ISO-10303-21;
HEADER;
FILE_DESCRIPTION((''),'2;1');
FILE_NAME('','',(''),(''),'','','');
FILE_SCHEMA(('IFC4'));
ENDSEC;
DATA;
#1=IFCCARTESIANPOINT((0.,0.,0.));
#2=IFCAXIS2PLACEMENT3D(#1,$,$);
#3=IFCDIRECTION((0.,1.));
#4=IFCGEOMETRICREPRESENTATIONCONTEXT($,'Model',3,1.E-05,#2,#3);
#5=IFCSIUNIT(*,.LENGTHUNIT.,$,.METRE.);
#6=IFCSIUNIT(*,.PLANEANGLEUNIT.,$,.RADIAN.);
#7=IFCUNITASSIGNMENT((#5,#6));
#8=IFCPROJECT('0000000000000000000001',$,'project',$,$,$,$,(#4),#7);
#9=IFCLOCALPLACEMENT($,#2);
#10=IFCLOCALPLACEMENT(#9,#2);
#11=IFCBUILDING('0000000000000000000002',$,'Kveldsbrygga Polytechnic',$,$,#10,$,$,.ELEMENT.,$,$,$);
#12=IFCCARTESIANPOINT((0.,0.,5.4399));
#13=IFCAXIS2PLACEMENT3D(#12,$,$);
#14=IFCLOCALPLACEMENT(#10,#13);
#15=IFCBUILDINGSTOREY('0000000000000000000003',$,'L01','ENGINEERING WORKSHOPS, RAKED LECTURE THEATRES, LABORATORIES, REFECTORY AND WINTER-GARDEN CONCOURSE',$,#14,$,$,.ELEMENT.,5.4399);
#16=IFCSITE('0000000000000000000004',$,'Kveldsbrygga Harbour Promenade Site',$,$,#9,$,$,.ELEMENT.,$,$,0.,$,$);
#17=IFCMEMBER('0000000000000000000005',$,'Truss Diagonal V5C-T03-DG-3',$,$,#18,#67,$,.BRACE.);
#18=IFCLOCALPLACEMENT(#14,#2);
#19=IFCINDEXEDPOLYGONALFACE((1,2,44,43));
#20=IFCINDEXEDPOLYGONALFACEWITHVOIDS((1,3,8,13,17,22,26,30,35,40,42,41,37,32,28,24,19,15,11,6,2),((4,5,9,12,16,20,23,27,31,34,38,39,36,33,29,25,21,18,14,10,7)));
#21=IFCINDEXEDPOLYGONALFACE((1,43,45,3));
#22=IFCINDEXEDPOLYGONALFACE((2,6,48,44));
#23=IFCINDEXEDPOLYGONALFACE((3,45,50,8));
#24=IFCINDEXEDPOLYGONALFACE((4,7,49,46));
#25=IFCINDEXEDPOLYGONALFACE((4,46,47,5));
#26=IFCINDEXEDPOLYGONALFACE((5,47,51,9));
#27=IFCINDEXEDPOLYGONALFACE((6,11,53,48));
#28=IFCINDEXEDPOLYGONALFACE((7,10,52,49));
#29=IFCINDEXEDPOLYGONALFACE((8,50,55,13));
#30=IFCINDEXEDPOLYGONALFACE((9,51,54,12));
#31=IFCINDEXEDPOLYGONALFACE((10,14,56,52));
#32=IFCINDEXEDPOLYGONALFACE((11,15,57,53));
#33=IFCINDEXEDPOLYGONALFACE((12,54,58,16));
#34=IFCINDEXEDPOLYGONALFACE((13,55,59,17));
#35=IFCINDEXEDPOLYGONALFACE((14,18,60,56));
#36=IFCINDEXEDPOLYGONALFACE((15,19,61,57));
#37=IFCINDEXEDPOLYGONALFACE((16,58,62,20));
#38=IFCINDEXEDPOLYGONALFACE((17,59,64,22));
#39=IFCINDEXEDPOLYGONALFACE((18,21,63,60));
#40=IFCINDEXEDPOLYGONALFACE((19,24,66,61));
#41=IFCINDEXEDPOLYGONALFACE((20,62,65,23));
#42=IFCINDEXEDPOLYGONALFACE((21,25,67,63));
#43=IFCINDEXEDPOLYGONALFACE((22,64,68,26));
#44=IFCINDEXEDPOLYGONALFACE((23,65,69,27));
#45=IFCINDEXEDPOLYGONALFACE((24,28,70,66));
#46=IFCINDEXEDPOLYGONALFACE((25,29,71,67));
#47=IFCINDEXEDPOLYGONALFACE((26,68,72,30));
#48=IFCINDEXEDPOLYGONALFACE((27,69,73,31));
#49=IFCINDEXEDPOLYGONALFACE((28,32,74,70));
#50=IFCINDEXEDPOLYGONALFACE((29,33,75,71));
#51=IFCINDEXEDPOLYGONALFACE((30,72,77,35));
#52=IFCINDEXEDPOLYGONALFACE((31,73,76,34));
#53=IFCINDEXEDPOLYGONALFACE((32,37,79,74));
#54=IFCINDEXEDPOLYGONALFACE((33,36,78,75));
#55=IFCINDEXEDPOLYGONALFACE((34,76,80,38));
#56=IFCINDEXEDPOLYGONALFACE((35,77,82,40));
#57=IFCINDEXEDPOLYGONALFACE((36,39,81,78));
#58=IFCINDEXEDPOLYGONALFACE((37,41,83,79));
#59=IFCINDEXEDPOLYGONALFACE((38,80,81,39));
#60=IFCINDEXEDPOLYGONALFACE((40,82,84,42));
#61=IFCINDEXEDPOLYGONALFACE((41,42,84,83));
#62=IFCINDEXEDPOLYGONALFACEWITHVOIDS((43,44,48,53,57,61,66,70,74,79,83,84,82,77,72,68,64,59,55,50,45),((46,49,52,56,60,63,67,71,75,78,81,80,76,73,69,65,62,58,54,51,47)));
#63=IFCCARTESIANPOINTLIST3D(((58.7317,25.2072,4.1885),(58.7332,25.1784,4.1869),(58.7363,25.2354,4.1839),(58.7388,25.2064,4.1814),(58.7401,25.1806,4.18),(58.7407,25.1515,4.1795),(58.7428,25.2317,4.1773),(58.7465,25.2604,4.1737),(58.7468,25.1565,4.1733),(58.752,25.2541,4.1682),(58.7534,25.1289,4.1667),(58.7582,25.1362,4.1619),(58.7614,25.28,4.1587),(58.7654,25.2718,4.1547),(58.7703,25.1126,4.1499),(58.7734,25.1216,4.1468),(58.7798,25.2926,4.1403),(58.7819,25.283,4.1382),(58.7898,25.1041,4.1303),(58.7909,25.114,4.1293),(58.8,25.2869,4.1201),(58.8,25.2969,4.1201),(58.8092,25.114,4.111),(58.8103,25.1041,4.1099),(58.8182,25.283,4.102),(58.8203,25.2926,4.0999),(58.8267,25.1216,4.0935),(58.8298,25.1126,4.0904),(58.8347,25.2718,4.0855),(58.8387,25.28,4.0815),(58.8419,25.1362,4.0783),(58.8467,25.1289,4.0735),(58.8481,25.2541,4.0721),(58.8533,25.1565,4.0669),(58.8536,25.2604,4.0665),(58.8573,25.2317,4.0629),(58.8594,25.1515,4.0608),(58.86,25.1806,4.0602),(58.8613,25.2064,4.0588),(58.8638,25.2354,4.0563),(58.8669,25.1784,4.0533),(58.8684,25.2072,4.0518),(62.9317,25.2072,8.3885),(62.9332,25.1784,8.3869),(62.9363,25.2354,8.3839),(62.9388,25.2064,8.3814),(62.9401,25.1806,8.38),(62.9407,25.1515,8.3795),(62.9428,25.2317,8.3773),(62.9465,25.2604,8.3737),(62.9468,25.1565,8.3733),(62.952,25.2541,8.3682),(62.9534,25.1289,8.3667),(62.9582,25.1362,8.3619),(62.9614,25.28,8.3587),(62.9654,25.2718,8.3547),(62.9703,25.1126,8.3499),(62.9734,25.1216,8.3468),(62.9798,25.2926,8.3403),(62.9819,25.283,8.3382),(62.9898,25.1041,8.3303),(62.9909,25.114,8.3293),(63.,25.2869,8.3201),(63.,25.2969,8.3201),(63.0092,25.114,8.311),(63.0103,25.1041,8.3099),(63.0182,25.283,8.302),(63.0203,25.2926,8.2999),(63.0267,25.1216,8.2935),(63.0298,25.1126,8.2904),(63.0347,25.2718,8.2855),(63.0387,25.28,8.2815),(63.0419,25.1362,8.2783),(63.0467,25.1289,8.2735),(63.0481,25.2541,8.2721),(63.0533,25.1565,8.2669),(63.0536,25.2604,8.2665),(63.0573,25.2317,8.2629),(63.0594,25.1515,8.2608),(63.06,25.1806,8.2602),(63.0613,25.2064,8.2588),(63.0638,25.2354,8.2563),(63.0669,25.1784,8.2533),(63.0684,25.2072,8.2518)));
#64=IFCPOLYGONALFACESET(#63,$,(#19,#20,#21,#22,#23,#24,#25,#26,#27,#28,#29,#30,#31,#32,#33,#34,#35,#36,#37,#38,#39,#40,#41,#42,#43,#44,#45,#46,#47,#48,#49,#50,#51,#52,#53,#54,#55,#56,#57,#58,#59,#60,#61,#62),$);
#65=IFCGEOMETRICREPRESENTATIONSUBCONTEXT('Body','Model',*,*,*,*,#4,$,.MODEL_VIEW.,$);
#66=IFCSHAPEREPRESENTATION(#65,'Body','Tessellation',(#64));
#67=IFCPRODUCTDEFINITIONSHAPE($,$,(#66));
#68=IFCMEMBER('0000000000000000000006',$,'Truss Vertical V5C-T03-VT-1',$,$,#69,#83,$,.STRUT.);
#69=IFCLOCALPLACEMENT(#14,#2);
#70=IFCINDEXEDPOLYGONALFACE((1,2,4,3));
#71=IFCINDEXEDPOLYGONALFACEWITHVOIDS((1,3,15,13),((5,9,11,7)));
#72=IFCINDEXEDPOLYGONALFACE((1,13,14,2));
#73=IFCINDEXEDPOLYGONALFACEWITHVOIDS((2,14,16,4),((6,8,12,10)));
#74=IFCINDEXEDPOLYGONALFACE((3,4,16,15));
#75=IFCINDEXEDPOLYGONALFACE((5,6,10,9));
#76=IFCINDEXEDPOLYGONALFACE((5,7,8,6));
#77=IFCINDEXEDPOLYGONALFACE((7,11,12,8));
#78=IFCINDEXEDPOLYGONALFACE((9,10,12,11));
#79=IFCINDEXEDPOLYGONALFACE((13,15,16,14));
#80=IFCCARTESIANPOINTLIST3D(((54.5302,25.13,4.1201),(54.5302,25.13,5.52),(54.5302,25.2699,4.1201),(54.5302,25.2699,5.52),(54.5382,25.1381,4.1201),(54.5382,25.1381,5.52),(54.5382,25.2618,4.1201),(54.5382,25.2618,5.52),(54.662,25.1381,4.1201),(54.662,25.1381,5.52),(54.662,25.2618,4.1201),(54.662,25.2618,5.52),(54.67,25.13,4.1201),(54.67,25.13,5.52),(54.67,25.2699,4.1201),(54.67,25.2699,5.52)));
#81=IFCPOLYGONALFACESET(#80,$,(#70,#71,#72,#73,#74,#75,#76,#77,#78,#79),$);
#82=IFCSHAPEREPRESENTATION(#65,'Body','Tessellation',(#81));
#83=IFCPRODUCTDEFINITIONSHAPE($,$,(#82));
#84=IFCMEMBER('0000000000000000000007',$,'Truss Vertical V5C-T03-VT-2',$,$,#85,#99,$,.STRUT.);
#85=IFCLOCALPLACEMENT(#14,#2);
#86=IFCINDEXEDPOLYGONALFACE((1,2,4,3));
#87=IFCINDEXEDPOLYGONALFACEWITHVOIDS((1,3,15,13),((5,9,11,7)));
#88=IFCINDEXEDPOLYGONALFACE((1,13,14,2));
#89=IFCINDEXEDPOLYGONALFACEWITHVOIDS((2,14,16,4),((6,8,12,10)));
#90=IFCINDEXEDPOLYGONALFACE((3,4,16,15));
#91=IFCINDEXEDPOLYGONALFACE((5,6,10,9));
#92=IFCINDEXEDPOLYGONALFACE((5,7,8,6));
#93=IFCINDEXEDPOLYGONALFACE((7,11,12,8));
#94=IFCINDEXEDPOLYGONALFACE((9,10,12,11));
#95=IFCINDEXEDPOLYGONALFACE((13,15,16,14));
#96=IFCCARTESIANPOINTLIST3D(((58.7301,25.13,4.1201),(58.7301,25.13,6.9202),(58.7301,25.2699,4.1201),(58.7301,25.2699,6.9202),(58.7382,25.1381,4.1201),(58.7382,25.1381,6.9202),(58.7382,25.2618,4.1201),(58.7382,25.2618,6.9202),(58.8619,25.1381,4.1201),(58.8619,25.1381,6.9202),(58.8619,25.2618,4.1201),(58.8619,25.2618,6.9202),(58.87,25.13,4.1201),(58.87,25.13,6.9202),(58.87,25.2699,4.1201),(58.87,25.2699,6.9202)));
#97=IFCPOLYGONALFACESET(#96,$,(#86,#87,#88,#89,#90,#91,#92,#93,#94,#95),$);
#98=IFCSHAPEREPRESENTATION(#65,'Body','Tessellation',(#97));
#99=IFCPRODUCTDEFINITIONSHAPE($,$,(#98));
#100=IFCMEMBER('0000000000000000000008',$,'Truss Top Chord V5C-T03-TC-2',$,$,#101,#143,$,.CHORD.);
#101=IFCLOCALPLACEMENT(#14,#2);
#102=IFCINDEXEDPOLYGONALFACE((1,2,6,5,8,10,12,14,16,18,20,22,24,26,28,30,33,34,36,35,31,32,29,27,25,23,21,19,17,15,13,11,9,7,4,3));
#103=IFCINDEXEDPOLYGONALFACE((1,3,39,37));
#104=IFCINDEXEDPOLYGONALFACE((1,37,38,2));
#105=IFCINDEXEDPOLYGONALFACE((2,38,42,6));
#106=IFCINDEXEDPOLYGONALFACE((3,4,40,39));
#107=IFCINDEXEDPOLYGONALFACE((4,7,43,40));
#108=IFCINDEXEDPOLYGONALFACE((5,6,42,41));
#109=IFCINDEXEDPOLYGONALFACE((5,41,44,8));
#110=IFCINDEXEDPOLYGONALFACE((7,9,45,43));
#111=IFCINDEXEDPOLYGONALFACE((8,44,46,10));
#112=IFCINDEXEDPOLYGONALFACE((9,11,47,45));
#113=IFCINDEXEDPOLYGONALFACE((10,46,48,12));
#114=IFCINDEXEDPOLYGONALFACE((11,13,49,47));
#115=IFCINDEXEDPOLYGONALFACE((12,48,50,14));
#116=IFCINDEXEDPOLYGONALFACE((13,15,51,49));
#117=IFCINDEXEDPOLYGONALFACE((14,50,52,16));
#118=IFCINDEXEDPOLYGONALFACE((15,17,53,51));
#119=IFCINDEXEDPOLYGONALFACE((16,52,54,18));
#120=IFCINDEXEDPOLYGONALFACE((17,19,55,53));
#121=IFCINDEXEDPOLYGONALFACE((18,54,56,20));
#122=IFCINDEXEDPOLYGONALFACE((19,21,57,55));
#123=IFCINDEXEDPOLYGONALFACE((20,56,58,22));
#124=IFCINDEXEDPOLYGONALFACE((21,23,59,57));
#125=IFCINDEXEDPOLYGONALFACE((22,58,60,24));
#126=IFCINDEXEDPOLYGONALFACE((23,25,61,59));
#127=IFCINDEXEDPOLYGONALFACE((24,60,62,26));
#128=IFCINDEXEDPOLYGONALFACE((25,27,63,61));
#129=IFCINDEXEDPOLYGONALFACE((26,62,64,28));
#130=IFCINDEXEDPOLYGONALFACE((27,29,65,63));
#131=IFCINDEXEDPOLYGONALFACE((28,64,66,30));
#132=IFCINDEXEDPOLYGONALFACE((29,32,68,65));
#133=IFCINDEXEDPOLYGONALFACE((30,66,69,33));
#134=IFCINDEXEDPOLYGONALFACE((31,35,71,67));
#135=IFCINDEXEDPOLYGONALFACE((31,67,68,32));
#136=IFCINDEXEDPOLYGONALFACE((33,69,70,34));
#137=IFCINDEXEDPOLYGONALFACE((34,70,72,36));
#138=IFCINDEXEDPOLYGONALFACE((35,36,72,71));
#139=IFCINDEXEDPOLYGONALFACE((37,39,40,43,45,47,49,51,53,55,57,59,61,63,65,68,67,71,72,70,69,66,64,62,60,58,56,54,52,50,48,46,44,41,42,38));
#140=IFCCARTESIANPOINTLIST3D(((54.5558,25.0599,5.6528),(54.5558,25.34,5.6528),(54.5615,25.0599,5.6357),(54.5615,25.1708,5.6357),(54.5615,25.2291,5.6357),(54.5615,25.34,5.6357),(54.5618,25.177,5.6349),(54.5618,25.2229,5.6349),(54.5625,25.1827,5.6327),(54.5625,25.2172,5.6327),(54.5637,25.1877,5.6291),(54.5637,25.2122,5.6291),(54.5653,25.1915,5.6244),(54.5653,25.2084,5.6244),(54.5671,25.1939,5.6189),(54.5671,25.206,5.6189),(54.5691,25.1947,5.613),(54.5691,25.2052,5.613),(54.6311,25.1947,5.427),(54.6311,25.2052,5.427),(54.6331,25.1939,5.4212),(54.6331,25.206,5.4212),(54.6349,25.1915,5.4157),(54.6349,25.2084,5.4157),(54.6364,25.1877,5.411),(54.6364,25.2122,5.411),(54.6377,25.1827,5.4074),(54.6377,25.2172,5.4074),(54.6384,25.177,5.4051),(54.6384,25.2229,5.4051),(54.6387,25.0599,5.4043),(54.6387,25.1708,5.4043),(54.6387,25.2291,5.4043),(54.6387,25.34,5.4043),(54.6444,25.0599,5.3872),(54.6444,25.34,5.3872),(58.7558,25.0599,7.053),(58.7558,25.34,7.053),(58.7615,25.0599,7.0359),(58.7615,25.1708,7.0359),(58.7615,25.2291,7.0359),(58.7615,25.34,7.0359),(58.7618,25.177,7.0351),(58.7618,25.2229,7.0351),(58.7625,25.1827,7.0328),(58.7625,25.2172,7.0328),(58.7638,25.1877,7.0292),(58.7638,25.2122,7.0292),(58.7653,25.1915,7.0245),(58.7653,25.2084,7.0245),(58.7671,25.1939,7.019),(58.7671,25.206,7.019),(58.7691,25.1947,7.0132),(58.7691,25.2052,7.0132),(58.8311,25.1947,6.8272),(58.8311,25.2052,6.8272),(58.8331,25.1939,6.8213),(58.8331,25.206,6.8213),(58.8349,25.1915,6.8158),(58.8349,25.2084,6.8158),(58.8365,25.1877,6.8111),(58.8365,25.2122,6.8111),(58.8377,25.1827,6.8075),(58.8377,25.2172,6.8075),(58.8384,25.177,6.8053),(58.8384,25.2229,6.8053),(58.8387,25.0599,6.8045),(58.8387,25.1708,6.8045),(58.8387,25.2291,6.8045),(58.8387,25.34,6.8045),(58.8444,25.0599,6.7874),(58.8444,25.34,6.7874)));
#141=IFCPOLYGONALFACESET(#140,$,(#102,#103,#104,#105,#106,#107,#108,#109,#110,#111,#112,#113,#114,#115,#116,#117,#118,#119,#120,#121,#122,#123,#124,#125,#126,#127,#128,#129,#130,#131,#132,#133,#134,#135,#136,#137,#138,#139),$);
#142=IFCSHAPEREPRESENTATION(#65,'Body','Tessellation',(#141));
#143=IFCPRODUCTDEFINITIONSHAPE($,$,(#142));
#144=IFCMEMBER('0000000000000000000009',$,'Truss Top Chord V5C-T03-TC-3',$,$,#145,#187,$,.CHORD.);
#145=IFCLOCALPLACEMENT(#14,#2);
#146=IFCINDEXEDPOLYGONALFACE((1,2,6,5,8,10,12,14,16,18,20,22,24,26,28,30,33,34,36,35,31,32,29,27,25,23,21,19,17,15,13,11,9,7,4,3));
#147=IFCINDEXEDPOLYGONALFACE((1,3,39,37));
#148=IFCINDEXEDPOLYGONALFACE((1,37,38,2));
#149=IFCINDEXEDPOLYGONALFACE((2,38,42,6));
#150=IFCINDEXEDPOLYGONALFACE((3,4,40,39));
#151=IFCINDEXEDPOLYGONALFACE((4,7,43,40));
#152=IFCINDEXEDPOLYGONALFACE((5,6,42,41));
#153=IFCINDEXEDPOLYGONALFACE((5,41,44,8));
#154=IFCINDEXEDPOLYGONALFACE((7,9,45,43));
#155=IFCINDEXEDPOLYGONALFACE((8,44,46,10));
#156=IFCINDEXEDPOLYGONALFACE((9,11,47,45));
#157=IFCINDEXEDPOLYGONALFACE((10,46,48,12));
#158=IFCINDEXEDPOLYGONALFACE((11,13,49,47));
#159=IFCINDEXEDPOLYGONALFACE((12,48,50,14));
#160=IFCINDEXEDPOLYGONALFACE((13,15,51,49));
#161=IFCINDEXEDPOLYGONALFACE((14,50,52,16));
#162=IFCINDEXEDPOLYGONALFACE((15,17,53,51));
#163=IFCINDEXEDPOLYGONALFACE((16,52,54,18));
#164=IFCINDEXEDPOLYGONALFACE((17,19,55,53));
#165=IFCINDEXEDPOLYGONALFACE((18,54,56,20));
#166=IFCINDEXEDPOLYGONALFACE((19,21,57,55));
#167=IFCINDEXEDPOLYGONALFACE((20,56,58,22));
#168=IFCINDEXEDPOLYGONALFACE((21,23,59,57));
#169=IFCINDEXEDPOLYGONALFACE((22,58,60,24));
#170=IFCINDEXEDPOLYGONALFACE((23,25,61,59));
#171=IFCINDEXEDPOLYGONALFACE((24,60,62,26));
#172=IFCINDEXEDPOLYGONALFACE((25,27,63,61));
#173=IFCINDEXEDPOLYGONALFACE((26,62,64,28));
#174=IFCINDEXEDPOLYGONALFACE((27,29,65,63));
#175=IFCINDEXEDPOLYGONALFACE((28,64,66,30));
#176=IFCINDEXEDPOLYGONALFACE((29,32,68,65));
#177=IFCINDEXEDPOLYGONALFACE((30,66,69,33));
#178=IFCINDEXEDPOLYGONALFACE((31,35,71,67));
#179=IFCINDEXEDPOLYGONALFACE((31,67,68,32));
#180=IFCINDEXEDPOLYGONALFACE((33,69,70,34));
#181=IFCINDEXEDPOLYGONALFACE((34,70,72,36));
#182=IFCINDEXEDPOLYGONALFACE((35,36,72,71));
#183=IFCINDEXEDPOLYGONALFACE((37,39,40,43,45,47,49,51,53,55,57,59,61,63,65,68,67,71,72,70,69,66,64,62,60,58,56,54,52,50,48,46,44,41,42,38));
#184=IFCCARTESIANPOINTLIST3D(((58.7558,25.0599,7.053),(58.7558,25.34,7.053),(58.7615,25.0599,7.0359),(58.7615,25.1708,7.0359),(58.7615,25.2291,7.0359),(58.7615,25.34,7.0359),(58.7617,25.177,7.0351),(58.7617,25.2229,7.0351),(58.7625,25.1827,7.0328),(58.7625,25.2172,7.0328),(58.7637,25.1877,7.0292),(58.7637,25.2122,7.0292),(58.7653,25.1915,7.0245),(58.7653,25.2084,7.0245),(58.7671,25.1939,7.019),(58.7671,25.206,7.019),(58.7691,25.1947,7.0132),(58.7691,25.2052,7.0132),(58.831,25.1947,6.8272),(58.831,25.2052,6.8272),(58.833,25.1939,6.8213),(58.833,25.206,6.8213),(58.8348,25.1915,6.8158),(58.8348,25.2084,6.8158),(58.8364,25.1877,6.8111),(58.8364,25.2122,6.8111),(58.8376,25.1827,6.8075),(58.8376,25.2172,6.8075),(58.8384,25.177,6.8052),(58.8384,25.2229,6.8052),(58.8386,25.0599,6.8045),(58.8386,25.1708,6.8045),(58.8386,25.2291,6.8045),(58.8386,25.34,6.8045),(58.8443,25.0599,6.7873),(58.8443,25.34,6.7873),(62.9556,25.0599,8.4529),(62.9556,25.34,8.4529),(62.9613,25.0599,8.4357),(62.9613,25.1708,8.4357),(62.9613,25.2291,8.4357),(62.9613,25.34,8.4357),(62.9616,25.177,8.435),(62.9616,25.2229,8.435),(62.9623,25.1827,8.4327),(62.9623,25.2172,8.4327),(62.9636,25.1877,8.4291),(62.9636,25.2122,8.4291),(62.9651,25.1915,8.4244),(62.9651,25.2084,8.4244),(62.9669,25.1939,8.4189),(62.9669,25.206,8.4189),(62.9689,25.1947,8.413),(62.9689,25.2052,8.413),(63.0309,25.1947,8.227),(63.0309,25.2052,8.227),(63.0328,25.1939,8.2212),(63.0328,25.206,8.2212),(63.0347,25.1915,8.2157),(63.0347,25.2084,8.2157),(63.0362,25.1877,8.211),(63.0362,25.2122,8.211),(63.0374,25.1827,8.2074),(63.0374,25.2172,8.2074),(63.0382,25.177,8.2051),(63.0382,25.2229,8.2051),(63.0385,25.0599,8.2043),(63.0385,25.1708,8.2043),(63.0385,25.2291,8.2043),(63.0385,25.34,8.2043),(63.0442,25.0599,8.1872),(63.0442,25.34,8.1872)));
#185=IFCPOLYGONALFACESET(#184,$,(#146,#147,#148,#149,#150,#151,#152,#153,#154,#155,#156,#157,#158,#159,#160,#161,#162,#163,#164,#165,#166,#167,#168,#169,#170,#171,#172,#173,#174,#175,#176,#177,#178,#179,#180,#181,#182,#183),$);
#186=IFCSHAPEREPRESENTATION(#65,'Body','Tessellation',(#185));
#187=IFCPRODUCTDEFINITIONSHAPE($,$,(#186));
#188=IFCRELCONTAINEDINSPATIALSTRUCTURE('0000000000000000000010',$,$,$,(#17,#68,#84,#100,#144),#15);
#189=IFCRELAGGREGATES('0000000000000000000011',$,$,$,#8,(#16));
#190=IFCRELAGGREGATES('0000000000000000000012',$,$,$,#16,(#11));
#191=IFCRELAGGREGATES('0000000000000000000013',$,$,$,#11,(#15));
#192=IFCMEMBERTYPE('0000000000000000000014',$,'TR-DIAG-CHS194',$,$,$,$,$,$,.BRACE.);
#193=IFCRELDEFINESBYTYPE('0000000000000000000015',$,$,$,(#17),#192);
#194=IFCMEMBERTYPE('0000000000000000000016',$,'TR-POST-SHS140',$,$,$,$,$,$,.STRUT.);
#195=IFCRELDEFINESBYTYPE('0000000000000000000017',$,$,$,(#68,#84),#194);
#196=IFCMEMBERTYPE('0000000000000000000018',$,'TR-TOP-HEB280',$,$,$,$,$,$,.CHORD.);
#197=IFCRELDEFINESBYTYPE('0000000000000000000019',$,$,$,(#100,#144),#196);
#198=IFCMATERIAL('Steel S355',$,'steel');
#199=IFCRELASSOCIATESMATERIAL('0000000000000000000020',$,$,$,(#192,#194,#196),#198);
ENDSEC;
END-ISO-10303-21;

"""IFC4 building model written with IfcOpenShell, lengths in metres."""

from ifc_helpers import new_model, si_unit, direction, frame, origin, origin_2d, place, context, subcontext, project, spatial, hollow_rectangle, hollow_circle, i_section, extrude, material, material_profile, profile_set, type_object, element, save


model = new_model("IFC4")

# Units and contexts
model_context = context("Model", 3, precision=1e-05, world=origin(), true_north=direction((0.0, 1.0)))
body_context = subcontext(model_context, "Body", "Model", "MODEL_VIEW")
ifc_project = project(units=[si_unit("LENGTHUNIT", "METRE"), si_unit("PLANEANGLEUNIT", "RADIAN")], contexts=[model_context])

# Site, building, storey
site_placement = place(None, origin())
site = spatial("IfcSite", under=ifc_project, at=site_placement, Name="Kveldsbrygga Harbour Promenade Site", CompositionType="ELEMENT", RefElevation=0.0)
building_placement = place(site_placement, origin())
building = spatial("IfcBuilding", under=site, at=building_placement, Name="Kveldsbrygga Polytechnic", CompositionType="ELEMENT")
storey_placement = place(building_placement, frame((0.0, 0.0, 5.4399)))
storey = spatial("IfcBuildingStorey", under=building, at=storey_placement, Name="L01", Description="ENGINEERING WORKSHOPS, RAKED LECTURE THEATRES, LABORATORIES, REFECTORY AND WINTER-GARDEN CONCOURSE", CompositionType="ELEMENT", Elevation=5.4399)

# Members
ifc_material_1 = material(Name="Steel S355", Category="steel")
ifc_material_profile_1 = material_profile(ifc_material_1, hollow_circle(Radius=0.0969, WallThickness=0.01, at=origin_2d()), Name="CHS 193.7x10.0")
ifc_profile_set_1 = profile_set([ifc_material_profile_1], Name="Steel S355")
member_type_1 = type_object("IfcMemberType", Name="TR-DIAG-CHS194", PredefinedType="BRACE", material=ifc_profile_set_1)
member_1_placement = place(storey_placement, frame((58.8, 25.2, 4.1201), z_axis=(0.707107, 0.0, 0.707107), x_axis=(0.0, 1.0, 0.0)))
element("IfcMember", 1, at=member_1_placement, inside=storey, type_object=member_type_1, Name="Truss Diagonal V5C-T03-DG-3", PredefinedType="BRACE", context=body_context, shape_type="SweptSolid", body=[
    extrude(hollow_circle(Radius=0.0969, WallThickness=0.01, at=origin_2d()), origin(), (0.0, 0.0, 1.0), 5.9397),
])
ifc_material_profile_2 = material_profile(ifc_material_1, hollow_rectangle(XDim=0.1399, YDim=0.1399, WallThickness=0.0081, at=origin_2d()), Name="SHS 140x140x8.0")
ifc_profile_set_2 = profile_set([ifc_material_profile_2], Name="Steel S355")
member_type_2 = type_object("IfcMemberType", Name="TR-POST-SHS140", PredefinedType="STRUT", material=ifc_profile_set_2)
member_2_placement = place(storey_placement, frame((54.6001, 25.2, 4.1201), z_axis=(0.0, 0.0, 1.0), x_axis=(1.0, 0.0, 0.0)))
element("IfcMember", 2, at=member_2_placement, inside=storey, type_object=member_type_2, Name="Truss Vertical V5C-T03-VT-1", PredefinedType="STRUT", context=body_context, shape_type="SweptSolid", body=[
    extrude(hollow_rectangle(XDim=0.1399, YDim=0.1399, WallThickness=0.0081, at=origin_2d()), origin(), (0.0, 0.0, 1.0), 1.3999),
])
member_3_placement = place(storey_placement, frame((58.8, 25.2, 4.1201), z_axis=(0.0, 0.0, 1.0), x_axis=(1.0, 0.0, 0.0)))
element("IfcMember", 3, at=member_3_placement, inside=storey, type_object=member_type_2, Name="Truss Vertical V5C-T03-VT-2", PredefinedType="STRUT", context=body_context, shape_type="SweptSolid", body=[
    extrude(hollow_rectangle(XDim=0.1399, YDim=0.1399, WallThickness=0.0081, at=origin_2d()), origin(), (0.0, 0.0, 1.0), 2.8),
])
ifc_material_profile_3 = material_profile(ifc_material_1, i_section(OverallWidth=0.28, OverallDepth=0.28, WebThickness=0.0105, FlangeThickness=0.0181, FilletRadius=0.0239, at=origin_2d()), Name="HEB 280")
ifc_profile_set_3 = profile_set([ifc_material_profile_3], Name="Steel S355")
member_type_3 = type_object("IfcMemberType", Name="TR-TOP-HEB280", PredefinedType="CHORD", material=ifc_profile_set_3)
member_4_placement = place(storey_placement, frame((54.6001, 25.2, 5.52), z_axis=(0.948672, 0.0, 0.316261), x_axis=(0.0, 1.0, 0.0)))
element("IfcMember", 4, at=member_4_placement, inside=storey, type_object=member_type_3, Name="Truss Top Chord V5C-T03-TC-2", PredefinedType="CHORD", context=body_context, shape_type="SweptSolid", body=[
    extrude(i_section(OverallWidth=0.28, OverallDepth=0.28, WebThickness=0.0105, FlangeThickness=0.0181, FilletRadius=0.0239, at=origin_2d()), origin(), (0.0, 0.0, 1.0), 4.4272),
])
member_5_placement = place(storey_placement, frame((58.8, 25.2, 6.9202), z_axis=(0.948689, 0.0, 0.316211), x_axis=(0.0, 1.0, 0.0)))
element("IfcMember", 5, at=member_5_placement, inside=storey, type_object=member_type_3, Name="Truss Top Chord V5C-T03-TC-3", PredefinedType="CHORD", context=body_context, shape_type="SweptSolid", body=[
    extrude(i_section(OverallWidth=0.28, OverallDepth=0.28, WebThickness=0.0105, FlangeThickness=0.0181, FilletRadius=0.0239, at=origin_2d()), origin(), (0.0, 0.0, 1.0), 4.427),
])

save(model, "model.ifc")
